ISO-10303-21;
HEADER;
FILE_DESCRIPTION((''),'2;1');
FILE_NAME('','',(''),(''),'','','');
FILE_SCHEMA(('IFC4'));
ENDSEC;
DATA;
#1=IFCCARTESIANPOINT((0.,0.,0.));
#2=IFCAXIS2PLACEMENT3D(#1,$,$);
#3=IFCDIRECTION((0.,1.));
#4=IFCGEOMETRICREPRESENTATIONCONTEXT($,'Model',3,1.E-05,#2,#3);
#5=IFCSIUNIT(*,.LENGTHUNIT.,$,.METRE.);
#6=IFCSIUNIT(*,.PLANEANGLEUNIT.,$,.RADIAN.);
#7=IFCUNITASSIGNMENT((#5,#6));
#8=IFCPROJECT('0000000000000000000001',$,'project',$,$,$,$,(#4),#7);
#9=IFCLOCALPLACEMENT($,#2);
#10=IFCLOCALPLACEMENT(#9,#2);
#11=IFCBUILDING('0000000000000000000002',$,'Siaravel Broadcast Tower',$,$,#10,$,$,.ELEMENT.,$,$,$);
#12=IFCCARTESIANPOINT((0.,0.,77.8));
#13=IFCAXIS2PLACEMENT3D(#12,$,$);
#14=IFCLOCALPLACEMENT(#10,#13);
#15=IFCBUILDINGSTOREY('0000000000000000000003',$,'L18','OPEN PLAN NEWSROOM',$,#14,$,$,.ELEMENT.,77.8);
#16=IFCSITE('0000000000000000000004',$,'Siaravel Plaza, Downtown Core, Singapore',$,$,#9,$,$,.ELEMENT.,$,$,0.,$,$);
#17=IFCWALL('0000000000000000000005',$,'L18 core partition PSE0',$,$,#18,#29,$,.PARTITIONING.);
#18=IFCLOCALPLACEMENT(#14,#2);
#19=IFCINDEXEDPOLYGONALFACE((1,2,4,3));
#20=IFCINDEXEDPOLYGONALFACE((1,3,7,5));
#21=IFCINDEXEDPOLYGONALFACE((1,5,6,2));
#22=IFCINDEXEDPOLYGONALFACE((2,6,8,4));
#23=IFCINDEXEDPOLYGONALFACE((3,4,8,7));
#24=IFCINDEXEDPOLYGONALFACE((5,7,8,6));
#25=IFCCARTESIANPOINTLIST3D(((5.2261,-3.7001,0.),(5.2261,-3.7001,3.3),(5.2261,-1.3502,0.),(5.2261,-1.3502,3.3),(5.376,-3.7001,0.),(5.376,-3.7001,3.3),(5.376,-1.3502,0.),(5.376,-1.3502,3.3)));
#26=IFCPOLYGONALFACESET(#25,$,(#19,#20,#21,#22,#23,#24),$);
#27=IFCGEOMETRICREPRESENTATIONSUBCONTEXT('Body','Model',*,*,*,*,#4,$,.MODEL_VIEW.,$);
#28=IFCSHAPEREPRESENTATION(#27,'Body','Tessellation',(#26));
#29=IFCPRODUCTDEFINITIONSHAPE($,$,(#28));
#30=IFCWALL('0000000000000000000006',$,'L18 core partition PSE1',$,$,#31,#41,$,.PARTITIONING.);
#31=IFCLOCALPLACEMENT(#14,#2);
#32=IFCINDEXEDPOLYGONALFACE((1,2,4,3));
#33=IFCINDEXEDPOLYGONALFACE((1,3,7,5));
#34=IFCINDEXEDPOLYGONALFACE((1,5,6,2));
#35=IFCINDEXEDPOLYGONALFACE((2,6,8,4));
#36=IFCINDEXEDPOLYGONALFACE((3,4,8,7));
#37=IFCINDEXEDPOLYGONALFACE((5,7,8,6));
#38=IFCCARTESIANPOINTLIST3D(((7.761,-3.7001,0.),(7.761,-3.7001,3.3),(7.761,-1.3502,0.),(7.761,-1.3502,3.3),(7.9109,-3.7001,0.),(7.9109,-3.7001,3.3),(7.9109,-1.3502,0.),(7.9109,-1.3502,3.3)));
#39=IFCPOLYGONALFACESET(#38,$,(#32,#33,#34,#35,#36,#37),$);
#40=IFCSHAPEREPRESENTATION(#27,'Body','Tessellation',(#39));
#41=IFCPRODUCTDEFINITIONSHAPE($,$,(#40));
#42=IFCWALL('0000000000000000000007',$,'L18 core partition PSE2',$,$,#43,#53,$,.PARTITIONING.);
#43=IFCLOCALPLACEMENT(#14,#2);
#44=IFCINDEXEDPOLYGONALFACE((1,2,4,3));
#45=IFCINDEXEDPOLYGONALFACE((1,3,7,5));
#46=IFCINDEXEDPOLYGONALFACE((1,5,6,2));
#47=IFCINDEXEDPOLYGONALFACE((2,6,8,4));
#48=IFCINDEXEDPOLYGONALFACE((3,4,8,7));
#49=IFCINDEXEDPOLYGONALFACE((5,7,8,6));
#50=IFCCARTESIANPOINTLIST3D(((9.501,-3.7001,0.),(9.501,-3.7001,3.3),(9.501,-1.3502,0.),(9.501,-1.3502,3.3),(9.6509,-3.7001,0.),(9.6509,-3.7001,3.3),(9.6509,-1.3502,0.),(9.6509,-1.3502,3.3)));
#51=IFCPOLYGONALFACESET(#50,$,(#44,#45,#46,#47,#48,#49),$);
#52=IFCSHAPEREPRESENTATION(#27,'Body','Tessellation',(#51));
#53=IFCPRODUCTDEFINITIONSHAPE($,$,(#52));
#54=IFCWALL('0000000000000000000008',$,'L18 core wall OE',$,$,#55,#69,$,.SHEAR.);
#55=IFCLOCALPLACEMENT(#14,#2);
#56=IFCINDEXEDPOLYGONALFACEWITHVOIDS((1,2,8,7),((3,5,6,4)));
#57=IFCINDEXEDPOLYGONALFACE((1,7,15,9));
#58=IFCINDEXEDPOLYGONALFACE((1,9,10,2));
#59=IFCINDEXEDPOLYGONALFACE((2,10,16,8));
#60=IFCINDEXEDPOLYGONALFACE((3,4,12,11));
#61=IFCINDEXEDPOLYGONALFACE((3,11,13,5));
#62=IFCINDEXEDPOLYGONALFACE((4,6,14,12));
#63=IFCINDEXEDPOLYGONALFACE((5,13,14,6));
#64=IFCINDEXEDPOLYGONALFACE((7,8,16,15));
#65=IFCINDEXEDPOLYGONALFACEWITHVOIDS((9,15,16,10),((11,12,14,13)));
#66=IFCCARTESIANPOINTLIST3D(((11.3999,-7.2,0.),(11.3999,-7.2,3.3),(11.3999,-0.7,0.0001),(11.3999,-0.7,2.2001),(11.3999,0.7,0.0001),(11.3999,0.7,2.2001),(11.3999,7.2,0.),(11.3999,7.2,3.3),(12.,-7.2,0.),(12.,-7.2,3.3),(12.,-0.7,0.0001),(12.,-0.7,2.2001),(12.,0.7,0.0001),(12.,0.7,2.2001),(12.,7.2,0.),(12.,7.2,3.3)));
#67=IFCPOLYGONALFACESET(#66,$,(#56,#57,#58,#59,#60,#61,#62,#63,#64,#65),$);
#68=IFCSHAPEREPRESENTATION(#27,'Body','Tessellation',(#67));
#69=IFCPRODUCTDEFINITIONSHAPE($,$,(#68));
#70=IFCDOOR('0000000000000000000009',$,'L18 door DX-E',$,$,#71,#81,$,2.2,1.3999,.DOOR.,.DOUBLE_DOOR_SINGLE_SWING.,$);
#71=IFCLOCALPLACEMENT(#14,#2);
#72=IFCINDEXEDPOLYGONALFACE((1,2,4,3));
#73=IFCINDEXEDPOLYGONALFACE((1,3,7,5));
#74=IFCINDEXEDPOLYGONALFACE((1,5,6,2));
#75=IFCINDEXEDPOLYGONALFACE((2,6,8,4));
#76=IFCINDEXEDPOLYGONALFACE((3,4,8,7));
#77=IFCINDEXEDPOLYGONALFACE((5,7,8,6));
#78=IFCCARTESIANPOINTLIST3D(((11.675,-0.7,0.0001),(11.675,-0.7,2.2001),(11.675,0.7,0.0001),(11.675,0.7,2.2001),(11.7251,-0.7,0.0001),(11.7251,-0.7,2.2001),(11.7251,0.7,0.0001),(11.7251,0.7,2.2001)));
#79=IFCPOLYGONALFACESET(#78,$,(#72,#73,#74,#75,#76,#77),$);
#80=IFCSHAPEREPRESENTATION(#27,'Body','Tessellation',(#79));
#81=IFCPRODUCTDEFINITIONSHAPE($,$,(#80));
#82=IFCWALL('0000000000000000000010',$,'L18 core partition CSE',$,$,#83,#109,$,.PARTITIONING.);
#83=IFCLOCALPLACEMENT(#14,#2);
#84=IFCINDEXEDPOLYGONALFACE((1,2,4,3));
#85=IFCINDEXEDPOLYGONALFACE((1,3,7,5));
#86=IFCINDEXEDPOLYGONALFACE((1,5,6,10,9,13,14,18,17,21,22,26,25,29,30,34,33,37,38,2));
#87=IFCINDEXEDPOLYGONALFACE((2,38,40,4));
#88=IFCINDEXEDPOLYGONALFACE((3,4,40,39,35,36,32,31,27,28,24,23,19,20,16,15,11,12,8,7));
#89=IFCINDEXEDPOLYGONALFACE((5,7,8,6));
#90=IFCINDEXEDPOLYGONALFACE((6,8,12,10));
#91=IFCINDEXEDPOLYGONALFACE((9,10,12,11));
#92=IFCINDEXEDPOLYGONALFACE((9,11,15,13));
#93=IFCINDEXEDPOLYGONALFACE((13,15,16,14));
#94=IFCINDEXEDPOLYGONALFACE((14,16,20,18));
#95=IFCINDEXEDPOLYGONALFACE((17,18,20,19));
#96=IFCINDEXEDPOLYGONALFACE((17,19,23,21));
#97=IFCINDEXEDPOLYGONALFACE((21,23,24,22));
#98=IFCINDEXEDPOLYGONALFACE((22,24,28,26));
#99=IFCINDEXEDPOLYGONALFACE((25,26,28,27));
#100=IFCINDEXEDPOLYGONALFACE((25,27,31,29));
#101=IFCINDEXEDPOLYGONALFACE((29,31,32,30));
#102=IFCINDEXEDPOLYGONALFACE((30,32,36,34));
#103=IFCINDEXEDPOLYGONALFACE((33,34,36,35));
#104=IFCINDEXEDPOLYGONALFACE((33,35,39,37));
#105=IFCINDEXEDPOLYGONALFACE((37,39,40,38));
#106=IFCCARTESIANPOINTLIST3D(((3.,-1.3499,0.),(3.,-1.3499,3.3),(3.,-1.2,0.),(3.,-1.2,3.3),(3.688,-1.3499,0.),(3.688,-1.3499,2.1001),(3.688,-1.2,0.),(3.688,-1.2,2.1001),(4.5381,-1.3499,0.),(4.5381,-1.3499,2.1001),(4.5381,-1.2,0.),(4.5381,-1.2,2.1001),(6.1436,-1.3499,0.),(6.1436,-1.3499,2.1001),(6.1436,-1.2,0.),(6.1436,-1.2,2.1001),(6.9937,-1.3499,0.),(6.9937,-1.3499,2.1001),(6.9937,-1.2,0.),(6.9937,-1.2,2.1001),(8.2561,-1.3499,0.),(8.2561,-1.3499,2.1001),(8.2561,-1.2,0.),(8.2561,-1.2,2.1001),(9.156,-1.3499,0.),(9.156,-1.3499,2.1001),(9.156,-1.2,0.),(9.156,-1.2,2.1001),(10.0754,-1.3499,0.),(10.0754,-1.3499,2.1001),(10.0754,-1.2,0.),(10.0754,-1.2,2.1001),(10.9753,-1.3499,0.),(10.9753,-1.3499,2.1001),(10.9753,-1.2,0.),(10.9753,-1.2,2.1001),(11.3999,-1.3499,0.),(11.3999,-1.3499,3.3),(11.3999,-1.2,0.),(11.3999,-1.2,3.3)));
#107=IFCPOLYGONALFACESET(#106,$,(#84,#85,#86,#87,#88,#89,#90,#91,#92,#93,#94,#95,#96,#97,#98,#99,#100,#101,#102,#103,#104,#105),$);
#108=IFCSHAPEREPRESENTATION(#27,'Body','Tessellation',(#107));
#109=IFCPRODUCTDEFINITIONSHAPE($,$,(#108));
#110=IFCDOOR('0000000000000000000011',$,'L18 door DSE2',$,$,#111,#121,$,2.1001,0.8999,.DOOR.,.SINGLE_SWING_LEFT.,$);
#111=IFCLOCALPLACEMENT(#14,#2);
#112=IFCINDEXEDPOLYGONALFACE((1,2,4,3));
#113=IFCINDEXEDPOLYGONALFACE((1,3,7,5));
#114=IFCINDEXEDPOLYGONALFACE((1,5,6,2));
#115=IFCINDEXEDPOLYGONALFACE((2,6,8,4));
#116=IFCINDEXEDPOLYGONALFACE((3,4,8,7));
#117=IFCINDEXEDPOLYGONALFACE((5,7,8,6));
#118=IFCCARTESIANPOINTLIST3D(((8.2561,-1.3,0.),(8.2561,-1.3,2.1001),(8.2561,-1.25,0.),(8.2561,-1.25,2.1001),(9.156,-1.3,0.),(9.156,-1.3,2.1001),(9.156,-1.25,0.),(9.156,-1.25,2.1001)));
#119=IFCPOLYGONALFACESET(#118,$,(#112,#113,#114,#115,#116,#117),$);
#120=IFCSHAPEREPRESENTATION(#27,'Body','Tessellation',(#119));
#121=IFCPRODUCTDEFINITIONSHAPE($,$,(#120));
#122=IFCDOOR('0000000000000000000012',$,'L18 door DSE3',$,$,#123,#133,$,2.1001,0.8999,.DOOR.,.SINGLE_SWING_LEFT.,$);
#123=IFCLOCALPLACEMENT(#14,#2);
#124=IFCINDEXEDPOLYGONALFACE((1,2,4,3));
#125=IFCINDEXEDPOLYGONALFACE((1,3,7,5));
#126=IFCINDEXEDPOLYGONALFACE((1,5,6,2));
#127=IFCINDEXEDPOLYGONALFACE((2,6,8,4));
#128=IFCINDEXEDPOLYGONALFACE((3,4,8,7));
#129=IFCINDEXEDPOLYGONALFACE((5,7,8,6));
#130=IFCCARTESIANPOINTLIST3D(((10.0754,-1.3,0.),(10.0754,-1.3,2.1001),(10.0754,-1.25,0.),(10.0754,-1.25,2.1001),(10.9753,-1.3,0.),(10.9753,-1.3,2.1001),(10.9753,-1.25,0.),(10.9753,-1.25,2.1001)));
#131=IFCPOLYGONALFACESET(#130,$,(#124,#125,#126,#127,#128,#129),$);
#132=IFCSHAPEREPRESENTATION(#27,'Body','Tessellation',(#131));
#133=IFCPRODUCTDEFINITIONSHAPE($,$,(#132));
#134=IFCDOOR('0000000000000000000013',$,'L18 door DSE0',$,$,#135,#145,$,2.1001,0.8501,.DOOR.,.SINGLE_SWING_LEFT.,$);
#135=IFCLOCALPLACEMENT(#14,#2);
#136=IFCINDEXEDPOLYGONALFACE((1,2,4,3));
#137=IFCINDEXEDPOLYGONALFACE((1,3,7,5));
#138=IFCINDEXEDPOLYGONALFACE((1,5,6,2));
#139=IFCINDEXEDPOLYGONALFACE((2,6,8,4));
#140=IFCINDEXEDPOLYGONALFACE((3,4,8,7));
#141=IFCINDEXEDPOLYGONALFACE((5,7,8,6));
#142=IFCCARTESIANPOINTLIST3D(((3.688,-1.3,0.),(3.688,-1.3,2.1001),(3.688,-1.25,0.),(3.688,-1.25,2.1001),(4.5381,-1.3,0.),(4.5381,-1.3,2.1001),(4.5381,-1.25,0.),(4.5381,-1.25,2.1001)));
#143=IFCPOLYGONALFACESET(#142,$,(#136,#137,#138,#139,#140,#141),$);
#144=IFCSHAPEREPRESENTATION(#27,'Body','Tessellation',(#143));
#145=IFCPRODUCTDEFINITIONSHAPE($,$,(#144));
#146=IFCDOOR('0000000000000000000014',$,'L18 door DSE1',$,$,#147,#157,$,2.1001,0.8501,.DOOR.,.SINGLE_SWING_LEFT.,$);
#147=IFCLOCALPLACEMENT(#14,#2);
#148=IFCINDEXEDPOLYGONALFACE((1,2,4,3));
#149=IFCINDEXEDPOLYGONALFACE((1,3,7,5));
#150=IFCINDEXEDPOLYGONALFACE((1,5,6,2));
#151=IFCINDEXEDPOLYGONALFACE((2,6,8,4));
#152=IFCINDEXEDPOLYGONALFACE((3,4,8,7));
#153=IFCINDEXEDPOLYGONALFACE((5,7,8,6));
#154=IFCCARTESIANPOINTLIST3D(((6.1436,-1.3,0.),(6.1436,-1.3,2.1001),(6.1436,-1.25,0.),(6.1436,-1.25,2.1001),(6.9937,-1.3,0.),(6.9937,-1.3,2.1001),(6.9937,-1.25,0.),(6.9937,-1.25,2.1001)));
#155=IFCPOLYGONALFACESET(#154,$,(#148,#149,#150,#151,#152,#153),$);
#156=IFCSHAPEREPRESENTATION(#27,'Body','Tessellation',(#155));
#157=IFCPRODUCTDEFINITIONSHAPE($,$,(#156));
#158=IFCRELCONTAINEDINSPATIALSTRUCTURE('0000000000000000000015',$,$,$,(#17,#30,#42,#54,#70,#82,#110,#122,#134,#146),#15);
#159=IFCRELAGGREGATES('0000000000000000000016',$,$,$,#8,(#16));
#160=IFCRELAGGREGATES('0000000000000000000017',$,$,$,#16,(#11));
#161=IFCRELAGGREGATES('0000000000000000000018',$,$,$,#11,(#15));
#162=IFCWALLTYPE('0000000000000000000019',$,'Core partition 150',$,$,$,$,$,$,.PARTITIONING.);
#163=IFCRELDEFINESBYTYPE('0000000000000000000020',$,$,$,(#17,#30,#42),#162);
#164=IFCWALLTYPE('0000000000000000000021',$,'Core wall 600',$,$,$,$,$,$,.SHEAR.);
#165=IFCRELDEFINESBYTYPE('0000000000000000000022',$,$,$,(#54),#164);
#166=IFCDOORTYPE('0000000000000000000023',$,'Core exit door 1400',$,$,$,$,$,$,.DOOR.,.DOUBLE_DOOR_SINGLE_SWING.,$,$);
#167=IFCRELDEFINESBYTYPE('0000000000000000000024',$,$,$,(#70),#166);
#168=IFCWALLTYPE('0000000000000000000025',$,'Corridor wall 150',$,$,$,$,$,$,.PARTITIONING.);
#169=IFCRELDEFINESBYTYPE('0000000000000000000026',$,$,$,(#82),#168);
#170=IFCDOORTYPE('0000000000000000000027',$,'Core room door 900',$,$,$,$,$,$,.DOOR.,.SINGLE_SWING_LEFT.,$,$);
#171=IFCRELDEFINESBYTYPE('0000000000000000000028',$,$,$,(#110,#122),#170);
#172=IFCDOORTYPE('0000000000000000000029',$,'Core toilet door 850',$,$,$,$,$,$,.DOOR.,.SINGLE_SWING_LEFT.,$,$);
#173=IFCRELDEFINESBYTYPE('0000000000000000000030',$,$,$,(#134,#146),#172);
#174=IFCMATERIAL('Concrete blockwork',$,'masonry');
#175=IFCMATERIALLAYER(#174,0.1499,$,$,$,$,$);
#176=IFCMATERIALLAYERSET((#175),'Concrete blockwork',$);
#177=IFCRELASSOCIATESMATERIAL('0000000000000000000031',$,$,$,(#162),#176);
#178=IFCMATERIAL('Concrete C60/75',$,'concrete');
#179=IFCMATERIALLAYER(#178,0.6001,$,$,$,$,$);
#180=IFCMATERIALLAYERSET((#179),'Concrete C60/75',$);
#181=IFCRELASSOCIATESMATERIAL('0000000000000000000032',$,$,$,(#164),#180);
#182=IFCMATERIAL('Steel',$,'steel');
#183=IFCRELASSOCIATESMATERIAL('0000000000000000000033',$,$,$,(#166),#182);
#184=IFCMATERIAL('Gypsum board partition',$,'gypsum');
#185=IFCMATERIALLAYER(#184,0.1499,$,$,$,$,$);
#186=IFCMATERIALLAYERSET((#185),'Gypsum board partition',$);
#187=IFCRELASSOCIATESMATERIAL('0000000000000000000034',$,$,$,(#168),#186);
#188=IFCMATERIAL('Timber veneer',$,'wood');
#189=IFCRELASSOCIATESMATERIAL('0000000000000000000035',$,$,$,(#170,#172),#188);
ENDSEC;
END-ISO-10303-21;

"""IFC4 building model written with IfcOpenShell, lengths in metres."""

from ifc_helpers import new_model, si_unit, direction, frame, frame_2d, origin, place, context, subcontext, project, spatial, rectangle, extrude, material, layer, layer_set, type_object, element, fill, save


model = new_model("IFC4")

# Units and contexts
model_context = context("Model", 3, precision=1e-05, world=origin(), true_north=direction((0.0, 1.0)))
body_context = subcontext(model_context, "Body", "Model", "MODEL_VIEW")
ifc_project = project(units=[si_unit("LENGTHUNIT", "METRE"), si_unit("PLANEANGLEUNIT", "RADIAN")], contexts=[model_context])

# Site, building, storey
site_placement = place(None, origin())
site = spatial("IfcSite", under=ifc_project, at=site_placement, Name="Siaravel Plaza, Downtown Core, Singapore", CompositionType="ELEMENT", RefElevation=0.0)
building_placement = place(site_placement, origin())
building = spatial("IfcBuilding", under=site, at=building_placement, Name="Siaravel Broadcast Tower", CompositionType="ELEMENT")
storey_placement = place(building_placement, frame((0.0, 0.0, 77.8)))
storey = spatial("IfcBuildingStorey", under=building, at=storey_placement, Name="L18", Description="OPEN PLAN NEWSROOM", CompositionType="ELEMENT", Elevation=77.8)

# Walls
ifc_material_1 = material(Name="Concrete blockwork", Category="masonry")
ifc_layer_1 = layer(ifc_material_1, 0.1499)
ifc_layer_set_1 = layer_set([ifc_layer_1], Name="Concrete blockwork")
wall_type_1 = type_object("IfcWallType", Name="Core partition 150", PredefinedType="PARTITIONING", material=ifc_layer_set_1)
for number, where, z_axis, x_axis, name in (
    (1, (5.301, -3.7, 0.0), (0.0, 0.0, 1.0), (0.0, 1.0, 0.0), "L18 core partition PSE0"),
    (2, (7.8359, -3.7, 0.0), (0.0, 0.0, 1.0), (0.0, 1.0, 0.0), "L18 core partition PSE1"),
    (3, (9.5759, -3.7, 0.0), (0.0, 0.0, 1.0), (0.0, 1.0, 0.0), "L18 core partition PSE2"),
):
    element("IfcWall", number, at=place(storey_placement, frame(where, z_axis=z_axis, x_axis=x_axis)), inside=storey, type_object=wall_type_1, Name=name, PredefinedType="PARTITIONING", context=body_context, shape_type="SweptSolid", body=[
        extrude(rectangle(XDim=2.3499, YDim=0.1499, at=frame_2d((1.1748, 0.0))), origin(), (0.0, 0.0, 1.0), 3.3),
    ])

# Wall, opening, door
ifc_material_2 = material(Name="Concrete C60/75", Category="concrete")
ifc_layer_2 = layer(ifc_material_2, 0.6001)
ifc_layer_set_2 = layer_set([ifc_layer_2], Name="Concrete C60/75")
wall_type_2 = type_object("IfcWallType", Name="Core wall 600", PredefinedType="SHEAR", material=ifc_layer_set_2)
wall_1_placement = place(storey_placement, frame((11.7, -7.2, 0.0), z_axis=(0.0, 0.0, 1.0), x_axis=(0.0, 1.0, 0.0)))
wall_1 = element("IfcWall", 4, at=wall_1_placement, inside=storey, type_object=wall_type_2, Name="L18 core wall OE", PredefinedType="SHEAR", context=body_context, shape_type="SweptSolid", body=[
    extrude(rectangle(XDim=14.3999, YDim=0.6001, at=frame_2d((7.2, 0.0))), origin(), (0.0, 0.0, 1.0), 3.3),
])
opening_1_placement = place(wall_1_placement, frame((6.5, 0.0, 0.0)))
opening_1 = element("IfcOpeningElement", 5, at=opening_1_placement, cuts=wall_1, PredefinedType="OPENING", context=body_context, shape_type="SweptSolid", body=[
    extrude(rectangle(XDim=1.3999, YDim=2.2, at=frame_2d((0.7, 1.1001))), frame((0.0, 0.3101, 0.0), z_axis=(0.0, -1.0, 0.0), x_axis=(1.0, 0.0, 0.0)), (0.0, 0.0, 1.0), 0.6201),
])
ifc_material_3 = material(Name="Steel", Category="steel")
door_type_1 = type_object("IfcDoorType", Name="Core exit door 1400", OperationType="DOUBLE_DOOR_SINGLE_SWING", PredefinedType="DOOR", material=ifc_material_3)
door_1_placement = place(opening_1_placement, origin())
door_1 = element("IfcDoor", 6, at=door_1_placement, inside=storey, type_object=door_type_1, Name="L18 door DX-E", OperationType="DOUBLE_DOOR_SINGLE_SWING", OverallHeight=2.2, OverallWidth=1.3999, PredefinedType="DOOR", context=body_context, shape_type="SweptSolid", body=[
    extrude(rectangle(XDim=1.3999, YDim=2.2, at=frame_2d((0.7, 1.1001))), frame((0.0, 0.0249, 0.0), z_axis=(0.0, -1.0, 0.0), x_axis=(1.0, 0.0, 0.0)), (0.0, 0.0, 1.0), 0.05),
])
fill(opening_1, door_1)

# Wall, openings, doors
ifc_material_4 = material(Name="Gypsum board partition", Category="gypsum")
ifc_layer_3 = layer(ifc_material_4, 0.1499)
ifc_layer_set_3 = layer_set([ifc_layer_3], Name="Gypsum board partition")
wall_type_3 = type_object("IfcWallType", Name="Corridor wall 150", PredefinedType="PARTITIONING", material=ifc_layer_set_3)
wall_2_placement = place(storey_placement, frame((3.0, -1.2749, 0.0), z_axis=(0.0, 0.0, 1.0), x_axis=(1.0, 0.0, 0.0)))
wall_2 = element("IfcWall", 7, at=wall_2_placement, inside=storey, type_object=wall_type_3, Name="L18 core partition CSE", PredefinedType="PARTITIONING", context=body_context, shape_type="SweptSolid", body=[
    extrude(rectangle(XDim=8.3999, YDim=0.1499, at=frame_2d((4.2, 0.0))), origin(), (0.0, 0.0, 1.0), 3.3),
])
opening_2_placement = place(wall_2_placement, frame((0.688, 0.0, 0.0)))
opening_2 = element("IfcOpeningElement", 8, at=opening_2_placement, cuts=wall_2, PredefinedType="OPENING", context=body_context, shape_type="SweptSolid", body=[
    extrude(rectangle(XDim=0.8501, YDim=2.1001, at=frame_2d((0.425, 1.05))), frame((0.0, 0.085, 0.0), z_axis=(0.0, -1.0, 0.0), x_axis=(1.0, 0.0, 0.0)), (0.0, 0.0, 1.0), 0.1699),
])
opening_3_placement = place(wall_2_placement, frame((3.1436, 0.0, 0.0)))
opening_3 = element("IfcOpeningElement", 9, at=opening_3_placement, cuts=wall_2, PredefinedType="OPENING", context=body_context, shape_type="SweptSolid", body=[
    extrude(rectangle(XDim=0.8501, YDim=2.1001, at=frame_2d((0.425, 1.05))), frame((0.0, 0.085, 0.0), z_axis=(0.0, -1.0, 0.0), x_axis=(1.0, 0.0, 0.0)), (0.0, 0.0, 1.0), 0.1699),
])
opening_4_placement = place(wall_2_placement, frame((5.2561, 0.0, 0.0)))
opening_4 = element("IfcOpeningElement", 10, at=opening_4_placement, cuts=wall_2, PredefinedType="OPENING", context=body_context, shape_type="SweptSolid", body=[
    extrude(rectangle(XDim=0.8999, YDim=2.1001, at=frame_2d((0.45, 1.05))), frame((0.0, 0.085, 0.0), z_axis=(0.0, -1.0, 0.0), x_axis=(1.0, 0.0, 0.0)), (0.0, 0.0, 1.0), 0.1699),
])
opening_5_placement = place(wall_2_placement, frame((7.0754, 0.0, 0.0)))
opening_5 = element("IfcOpeningElement", 11, at=opening_5_placement, cuts=wall_2, PredefinedType="OPENING", context=body_context, shape_type="SweptSolid", body=[
    extrude(rectangle(XDim=0.8999, YDim=2.1001, at=frame_2d((0.45, 1.05))), frame((0.0, 0.085, 0.0), z_axis=(0.0, -1.0, 0.0), x_axis=(1.0, 0.0, 0.0)), (0.0, 0.0, 1.0), 0.1699),
])
ifc_material_5 = material(Name="Timber veneer", Category="wood")
door_type_2 = type_object("IfcDoorType", Name="Core room door 900", OperationType="SINGLE_SWING_LEFT", PredefinedType="DOOR", material=ifc_material_5)
door_2_placement = place(opening_4_placement, origin())
door_2 = element("IfcDoor", 12, at=door_2_placement, inside=storey, type_object=door_type_2, Name="L18 door DSE2", OperationType="SINGLE_SWING_LEFT", OverallHeight=2.1001, OverallWidth=0.8999, PredefinedType="DOOR", context=body_context, shape_type="SweptSolid", body=[
    extrude(rectangle(XDim=0.8999, YDim=2.1001, at=frame_2d((0.45, 1.05))), frame((0.0, 0.0249, 0.0), z_axis=(0.0, -1.0, 0.0), x_axis=(1.0, 0.0, 0.0)), (0.0, 0.0, 1.0), 0.05),
])
fill(opening_4, door_2)
door_3_placement = place(opening_5_placement, origin())
door_3 = element("IfcDoor", 13, at=door_3_placement, inside=storey, type_object=door_type_2, Name="L18 door DSE3", OperationType="SINGLE_SWING_LEFT", OverallHeight=2.1001, OverallWidth=0.8999, PredefinedType="DOOR", context=body_context, shape_type="SweptSolid", body=[
    extrude(rectangle(XDim=0.8999, YDim=2.1001, at=frame_2d((0.45, 1.05))), frame((0.0, 0.0249, 0.0), z_axis=(0.0, -1.0, 0.0), x_axis=(1.0, 0.0, 0.0)), (0.0, 0.0, 1.0), 0.05),
])
fill(opening_5, door_3)
door_type_3 = type_object("IfcDoorType", Name="Core toilet door 850", OperationType="SINGLE_SWING_LEFT", PredefinedType="DOOR", material=ifc_material_5)
door_4_placement = place(opening_2_placement, origin())
door_4 = element("IfcDoor", 14, at=door_4_placement, inside=storey, type_object=door_type_3, Name="L18 door DSE0", OperationType="SINGLE_SWING_LEFT", OverallHeight=2.1001, OverallWidth=0.8501, PredefinedType="DOOR", context=body_context, shape_type="SweptSolid", body=[
    extrude(rectangle(XDim=0.8501, YDim=2.1001, at=frame_2d((0.425, 1.05))), frame((0.0, 0.0249, 0.0), z_axis=(0.0, -1.0, 0.0), x_axis=(1.0, 0.0, 0.0)), (0.0, 0.0, 1.0), 0.05),
])
fill(opening_2, door_4)
door_5_placement = place(opening_3_placement, origin())
door_5 = element("IfcDoor", 15, at=door_5_placement, inside=storey, type_object=door_type_3, Name="L18 door DSE1", OperationType="SINGLE_SWING_LEFT", OverallHeight=2.1001, OverallWidth=0.8501, PredefinedType="DOOR", context=body_context, shape_type="SweptSolid", body=[
    extrude(rectangle(XDim=0.8501, YDim=2.1001, at=frame_2d((0.425, 1.05))), frame((0.0, 0.0249, 0.0), z_axis=(0.0, -1.0, 0.0), x_axis=(1.0, 0.0, 0.0)), (0.0, 0.0, 1.0), 0.05),
])
fill(opening_3, door_5)

save(model, "model.ifc")
